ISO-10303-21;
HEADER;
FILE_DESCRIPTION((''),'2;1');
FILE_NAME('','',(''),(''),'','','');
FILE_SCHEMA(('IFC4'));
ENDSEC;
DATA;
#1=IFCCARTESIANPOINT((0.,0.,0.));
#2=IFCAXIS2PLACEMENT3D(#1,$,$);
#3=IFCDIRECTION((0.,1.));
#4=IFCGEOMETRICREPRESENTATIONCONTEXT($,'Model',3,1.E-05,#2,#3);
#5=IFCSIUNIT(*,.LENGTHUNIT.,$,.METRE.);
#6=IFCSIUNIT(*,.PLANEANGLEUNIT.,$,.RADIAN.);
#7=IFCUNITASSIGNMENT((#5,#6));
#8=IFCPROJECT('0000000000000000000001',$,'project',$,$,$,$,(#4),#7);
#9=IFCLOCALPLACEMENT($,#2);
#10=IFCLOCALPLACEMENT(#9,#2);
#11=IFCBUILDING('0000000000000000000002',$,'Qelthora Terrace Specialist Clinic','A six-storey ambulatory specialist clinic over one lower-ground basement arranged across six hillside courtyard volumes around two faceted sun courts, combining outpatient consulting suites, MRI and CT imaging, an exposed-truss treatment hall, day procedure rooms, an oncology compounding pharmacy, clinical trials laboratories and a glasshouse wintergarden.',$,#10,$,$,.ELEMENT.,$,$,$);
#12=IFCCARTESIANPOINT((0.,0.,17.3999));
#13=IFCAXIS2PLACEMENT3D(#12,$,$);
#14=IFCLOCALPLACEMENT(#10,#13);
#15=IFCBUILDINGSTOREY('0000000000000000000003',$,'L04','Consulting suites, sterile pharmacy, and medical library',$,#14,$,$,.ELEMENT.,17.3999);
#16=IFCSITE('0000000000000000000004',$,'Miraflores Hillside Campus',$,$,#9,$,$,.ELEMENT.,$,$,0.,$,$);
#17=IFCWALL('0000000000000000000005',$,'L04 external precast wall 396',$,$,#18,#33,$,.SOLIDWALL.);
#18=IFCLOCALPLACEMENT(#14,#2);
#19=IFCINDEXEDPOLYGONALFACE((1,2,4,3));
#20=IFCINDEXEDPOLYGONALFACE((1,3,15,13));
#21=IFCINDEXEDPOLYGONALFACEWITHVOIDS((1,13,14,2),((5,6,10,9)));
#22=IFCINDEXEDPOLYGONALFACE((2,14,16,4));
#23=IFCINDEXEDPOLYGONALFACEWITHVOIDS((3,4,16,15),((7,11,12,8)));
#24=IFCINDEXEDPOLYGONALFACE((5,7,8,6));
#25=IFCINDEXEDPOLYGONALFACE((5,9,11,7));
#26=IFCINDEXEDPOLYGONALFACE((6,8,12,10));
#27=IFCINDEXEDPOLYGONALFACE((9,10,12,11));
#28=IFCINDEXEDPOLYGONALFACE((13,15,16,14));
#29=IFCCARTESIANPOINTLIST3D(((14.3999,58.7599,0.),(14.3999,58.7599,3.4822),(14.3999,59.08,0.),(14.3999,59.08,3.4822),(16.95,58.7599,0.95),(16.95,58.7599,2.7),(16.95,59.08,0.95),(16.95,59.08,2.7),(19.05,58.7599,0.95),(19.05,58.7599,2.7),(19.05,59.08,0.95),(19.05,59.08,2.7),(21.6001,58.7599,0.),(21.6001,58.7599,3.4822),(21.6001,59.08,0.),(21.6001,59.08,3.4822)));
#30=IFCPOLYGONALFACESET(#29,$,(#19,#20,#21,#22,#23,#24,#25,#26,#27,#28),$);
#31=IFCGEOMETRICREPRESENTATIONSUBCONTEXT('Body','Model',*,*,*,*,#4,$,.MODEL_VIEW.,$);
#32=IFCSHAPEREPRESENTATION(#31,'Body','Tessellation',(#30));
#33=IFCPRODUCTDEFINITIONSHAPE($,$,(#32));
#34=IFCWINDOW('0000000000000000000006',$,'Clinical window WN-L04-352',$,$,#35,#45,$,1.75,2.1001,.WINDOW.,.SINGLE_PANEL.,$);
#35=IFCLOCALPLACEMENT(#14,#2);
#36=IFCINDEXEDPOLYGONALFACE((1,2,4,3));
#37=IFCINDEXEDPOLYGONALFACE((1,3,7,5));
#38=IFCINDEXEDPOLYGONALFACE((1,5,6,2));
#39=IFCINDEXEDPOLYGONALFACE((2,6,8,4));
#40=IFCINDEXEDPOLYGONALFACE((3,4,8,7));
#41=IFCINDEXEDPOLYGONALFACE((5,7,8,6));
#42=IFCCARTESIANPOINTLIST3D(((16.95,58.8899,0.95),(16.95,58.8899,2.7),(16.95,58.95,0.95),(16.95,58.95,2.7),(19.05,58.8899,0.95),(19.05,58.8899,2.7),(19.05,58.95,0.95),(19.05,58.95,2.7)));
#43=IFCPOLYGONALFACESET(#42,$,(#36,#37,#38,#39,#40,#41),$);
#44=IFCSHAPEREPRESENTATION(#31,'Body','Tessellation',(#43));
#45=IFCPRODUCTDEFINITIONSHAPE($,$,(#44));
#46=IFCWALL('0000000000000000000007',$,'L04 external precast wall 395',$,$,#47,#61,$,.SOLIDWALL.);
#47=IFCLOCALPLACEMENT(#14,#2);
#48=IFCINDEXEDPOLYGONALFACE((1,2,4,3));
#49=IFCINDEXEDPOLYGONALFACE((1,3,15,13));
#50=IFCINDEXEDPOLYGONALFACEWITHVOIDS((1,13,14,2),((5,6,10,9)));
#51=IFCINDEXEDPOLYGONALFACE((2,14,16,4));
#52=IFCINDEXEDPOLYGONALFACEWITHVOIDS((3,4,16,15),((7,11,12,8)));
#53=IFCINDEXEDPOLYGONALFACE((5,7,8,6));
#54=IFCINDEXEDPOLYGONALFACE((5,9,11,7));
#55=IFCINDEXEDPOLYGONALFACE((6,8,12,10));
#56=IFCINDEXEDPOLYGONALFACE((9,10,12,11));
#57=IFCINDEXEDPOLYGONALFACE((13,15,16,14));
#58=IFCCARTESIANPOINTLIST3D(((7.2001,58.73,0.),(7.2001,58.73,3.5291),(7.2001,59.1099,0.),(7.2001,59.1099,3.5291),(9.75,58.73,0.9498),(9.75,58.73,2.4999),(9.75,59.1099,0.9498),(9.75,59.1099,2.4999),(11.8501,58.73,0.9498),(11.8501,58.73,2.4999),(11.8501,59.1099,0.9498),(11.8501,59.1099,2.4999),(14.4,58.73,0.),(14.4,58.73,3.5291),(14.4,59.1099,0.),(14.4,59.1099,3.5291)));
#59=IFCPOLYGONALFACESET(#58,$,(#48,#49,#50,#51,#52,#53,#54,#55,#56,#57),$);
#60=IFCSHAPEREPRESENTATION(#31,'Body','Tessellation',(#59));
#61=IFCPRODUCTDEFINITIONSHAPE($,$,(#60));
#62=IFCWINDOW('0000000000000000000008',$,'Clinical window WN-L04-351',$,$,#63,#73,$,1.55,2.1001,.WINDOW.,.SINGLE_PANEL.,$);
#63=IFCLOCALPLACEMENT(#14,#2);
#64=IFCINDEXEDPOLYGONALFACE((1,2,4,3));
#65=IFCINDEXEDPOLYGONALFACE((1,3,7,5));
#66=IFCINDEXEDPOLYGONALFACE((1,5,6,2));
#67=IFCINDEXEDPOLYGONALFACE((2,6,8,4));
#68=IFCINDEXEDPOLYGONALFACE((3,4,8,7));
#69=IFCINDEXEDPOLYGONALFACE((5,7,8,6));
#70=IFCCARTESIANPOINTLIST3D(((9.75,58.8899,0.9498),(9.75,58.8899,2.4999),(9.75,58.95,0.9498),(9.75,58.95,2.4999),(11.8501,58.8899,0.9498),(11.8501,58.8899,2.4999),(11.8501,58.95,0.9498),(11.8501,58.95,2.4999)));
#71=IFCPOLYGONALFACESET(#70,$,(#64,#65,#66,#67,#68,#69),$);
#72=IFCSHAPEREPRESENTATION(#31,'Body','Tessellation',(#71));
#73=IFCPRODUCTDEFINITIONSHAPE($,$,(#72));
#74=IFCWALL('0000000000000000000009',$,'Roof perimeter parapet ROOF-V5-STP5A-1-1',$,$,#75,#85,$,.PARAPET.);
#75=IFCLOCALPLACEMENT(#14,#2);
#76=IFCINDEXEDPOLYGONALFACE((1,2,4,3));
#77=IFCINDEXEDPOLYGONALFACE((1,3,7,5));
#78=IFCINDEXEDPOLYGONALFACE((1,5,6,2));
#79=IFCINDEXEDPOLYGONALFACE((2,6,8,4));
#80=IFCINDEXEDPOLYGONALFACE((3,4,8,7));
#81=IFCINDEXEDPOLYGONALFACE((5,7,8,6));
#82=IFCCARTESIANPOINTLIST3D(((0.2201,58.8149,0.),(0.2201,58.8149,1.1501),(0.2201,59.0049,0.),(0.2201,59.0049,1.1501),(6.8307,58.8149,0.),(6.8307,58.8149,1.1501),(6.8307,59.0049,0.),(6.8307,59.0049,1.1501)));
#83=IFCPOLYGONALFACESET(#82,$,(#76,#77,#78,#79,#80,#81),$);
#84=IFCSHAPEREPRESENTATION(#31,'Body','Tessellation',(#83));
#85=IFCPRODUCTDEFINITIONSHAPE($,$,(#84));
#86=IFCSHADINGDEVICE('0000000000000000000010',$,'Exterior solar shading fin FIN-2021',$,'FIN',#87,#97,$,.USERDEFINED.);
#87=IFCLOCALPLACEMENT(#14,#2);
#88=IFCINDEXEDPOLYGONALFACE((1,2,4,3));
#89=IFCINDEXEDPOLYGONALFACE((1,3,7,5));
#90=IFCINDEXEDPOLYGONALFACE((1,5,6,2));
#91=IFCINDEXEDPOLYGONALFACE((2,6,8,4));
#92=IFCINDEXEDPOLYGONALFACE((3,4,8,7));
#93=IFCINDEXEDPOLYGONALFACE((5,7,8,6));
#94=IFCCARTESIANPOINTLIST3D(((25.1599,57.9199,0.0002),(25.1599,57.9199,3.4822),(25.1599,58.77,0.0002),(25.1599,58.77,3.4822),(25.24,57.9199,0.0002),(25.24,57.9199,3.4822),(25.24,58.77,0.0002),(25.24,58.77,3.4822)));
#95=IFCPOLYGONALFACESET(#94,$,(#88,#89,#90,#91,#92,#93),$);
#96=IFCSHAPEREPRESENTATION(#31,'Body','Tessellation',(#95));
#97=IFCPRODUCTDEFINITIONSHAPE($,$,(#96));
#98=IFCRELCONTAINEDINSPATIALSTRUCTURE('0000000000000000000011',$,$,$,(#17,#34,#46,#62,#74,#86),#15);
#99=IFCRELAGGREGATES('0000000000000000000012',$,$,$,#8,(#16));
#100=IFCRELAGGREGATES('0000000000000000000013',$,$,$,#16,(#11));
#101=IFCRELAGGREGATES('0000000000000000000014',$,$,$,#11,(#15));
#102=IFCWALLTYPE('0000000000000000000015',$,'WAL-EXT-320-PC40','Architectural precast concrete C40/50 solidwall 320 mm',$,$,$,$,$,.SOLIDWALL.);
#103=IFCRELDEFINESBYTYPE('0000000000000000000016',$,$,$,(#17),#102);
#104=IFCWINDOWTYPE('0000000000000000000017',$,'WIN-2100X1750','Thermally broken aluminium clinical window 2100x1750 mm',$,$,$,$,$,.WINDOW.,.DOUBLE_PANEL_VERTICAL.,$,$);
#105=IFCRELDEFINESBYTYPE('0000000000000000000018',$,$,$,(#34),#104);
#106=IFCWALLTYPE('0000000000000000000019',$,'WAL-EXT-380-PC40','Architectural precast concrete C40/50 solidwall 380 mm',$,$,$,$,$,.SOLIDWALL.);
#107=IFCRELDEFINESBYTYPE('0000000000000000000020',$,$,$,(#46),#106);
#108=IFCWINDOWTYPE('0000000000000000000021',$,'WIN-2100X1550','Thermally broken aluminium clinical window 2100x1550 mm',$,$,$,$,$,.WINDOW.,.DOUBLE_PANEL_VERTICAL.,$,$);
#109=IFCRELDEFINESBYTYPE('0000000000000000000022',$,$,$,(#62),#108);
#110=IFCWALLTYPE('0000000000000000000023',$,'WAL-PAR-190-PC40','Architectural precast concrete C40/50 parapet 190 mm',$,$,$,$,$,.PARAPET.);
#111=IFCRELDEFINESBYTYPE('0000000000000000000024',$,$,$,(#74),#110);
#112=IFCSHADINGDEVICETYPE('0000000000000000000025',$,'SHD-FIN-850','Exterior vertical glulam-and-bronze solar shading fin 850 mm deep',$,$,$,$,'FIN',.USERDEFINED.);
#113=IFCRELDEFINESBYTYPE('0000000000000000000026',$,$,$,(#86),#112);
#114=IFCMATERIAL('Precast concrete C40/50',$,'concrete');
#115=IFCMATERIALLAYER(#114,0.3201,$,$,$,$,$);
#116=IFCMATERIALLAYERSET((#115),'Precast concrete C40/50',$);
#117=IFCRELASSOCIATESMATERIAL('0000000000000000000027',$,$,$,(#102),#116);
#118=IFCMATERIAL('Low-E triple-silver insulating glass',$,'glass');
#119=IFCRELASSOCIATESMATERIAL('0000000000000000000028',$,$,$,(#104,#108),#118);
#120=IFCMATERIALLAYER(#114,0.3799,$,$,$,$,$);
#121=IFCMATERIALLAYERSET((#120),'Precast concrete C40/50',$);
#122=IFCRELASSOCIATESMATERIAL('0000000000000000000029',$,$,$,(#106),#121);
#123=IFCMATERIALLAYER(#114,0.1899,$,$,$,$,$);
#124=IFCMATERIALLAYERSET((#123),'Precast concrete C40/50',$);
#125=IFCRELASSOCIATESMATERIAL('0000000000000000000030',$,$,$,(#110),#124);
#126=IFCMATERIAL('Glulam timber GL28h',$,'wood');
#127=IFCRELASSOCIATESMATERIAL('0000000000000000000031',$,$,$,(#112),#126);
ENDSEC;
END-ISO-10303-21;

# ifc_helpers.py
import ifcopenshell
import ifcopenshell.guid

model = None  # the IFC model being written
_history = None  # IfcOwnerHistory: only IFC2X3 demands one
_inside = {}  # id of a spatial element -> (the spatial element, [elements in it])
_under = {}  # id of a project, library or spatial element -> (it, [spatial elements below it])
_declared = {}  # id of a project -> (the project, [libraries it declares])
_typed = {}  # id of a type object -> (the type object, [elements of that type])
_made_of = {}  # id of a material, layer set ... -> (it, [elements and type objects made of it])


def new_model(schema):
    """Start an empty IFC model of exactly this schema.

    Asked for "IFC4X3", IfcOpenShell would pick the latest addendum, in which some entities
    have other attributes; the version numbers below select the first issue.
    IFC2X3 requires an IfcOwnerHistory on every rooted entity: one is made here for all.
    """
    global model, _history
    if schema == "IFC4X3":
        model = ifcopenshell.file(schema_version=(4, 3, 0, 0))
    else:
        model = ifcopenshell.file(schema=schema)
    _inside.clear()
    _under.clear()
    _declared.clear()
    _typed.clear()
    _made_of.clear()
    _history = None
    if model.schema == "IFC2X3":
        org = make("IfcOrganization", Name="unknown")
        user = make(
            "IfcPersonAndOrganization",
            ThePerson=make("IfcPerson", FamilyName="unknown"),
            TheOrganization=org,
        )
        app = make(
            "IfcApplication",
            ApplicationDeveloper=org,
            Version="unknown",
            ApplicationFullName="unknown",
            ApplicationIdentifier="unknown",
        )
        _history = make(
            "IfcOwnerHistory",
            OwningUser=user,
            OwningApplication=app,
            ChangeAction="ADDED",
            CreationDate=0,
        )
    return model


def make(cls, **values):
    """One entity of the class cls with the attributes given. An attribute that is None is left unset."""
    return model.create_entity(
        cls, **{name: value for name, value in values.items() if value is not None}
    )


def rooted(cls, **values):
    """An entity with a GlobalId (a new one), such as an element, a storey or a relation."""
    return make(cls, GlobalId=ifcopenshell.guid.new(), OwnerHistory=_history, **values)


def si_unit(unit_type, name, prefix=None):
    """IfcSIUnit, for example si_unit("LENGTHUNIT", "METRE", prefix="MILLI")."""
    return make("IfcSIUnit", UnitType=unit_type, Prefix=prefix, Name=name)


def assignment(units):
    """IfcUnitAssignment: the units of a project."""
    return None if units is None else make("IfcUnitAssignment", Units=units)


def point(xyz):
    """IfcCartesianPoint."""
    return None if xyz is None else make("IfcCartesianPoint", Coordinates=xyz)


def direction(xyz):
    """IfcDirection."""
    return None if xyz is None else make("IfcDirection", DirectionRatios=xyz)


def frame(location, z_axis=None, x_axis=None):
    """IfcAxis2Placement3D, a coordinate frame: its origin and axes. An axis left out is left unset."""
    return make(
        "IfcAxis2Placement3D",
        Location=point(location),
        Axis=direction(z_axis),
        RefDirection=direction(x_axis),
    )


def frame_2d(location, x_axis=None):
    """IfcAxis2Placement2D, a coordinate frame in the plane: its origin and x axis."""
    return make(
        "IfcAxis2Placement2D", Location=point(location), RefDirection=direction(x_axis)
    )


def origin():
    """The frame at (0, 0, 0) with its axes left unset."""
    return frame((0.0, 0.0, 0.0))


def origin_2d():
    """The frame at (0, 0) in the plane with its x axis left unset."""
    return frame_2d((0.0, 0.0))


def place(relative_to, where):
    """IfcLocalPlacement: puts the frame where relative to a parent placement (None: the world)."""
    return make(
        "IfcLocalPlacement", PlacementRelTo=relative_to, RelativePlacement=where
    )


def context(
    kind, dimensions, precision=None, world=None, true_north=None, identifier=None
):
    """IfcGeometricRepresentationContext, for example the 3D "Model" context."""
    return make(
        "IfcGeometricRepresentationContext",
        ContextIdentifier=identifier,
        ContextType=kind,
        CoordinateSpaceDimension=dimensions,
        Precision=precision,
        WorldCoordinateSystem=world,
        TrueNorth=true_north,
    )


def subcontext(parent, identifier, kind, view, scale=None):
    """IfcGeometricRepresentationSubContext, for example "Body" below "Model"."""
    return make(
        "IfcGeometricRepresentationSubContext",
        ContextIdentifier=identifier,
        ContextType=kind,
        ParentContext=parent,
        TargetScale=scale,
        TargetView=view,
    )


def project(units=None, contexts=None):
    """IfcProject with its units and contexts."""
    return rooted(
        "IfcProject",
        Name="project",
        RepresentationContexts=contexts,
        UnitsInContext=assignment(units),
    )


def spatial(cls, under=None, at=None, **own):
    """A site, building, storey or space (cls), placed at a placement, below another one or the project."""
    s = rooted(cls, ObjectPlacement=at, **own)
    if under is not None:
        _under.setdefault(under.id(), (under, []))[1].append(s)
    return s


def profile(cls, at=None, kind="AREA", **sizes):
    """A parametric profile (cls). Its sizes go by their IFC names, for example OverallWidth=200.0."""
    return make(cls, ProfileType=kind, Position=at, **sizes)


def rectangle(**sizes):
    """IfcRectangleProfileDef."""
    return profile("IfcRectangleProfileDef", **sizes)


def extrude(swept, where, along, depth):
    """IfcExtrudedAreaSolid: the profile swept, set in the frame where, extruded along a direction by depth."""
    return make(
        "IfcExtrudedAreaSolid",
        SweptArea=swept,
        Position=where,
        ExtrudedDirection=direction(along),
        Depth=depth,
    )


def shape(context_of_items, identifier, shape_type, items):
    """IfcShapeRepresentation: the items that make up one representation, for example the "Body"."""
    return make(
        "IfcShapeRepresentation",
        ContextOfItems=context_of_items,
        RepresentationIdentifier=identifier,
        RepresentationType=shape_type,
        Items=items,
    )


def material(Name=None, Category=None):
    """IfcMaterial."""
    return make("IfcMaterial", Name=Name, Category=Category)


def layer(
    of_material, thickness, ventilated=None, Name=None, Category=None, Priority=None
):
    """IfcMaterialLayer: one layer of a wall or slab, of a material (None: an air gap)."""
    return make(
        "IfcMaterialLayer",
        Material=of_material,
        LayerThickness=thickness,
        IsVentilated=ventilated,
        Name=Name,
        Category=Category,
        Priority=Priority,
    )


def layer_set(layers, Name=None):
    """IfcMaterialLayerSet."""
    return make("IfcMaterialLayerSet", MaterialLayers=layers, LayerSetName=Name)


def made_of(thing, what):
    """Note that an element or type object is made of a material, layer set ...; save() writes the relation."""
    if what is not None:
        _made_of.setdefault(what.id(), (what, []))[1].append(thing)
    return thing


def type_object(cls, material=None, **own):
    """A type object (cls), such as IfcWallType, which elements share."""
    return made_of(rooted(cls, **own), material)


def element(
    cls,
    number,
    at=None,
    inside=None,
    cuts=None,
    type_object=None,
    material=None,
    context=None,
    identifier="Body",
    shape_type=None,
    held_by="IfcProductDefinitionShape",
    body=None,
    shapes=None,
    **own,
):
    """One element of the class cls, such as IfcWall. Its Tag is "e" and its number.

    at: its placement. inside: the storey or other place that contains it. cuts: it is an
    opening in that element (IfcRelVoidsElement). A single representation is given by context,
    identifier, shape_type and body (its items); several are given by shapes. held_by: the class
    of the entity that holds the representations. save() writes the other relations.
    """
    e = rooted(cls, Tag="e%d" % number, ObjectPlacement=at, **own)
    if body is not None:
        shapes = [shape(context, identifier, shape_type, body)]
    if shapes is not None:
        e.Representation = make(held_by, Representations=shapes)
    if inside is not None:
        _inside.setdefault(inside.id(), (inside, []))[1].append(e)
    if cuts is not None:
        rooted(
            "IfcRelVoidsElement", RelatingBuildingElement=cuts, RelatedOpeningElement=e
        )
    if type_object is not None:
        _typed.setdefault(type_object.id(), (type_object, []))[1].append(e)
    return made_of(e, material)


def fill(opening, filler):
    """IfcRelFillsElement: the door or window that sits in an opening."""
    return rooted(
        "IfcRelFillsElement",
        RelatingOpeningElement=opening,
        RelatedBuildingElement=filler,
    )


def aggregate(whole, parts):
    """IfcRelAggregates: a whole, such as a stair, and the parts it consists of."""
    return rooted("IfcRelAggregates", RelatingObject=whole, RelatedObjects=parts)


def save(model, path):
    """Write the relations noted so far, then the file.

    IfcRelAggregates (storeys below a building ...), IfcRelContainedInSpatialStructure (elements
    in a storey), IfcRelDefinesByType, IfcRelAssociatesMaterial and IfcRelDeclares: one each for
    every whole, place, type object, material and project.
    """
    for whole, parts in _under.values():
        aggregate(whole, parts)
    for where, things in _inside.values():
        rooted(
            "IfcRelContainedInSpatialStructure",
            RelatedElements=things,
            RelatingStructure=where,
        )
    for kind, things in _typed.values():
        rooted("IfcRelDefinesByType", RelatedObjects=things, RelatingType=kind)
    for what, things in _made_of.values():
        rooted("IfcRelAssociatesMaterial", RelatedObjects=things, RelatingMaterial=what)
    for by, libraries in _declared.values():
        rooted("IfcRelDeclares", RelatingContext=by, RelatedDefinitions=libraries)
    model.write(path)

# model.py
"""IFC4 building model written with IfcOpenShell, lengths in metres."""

from ifc_helpers import new_model, si_unit, direction, frame, frame_2d, origin, origin_2d, place, context, subcontext, project, spatial, rectangle, extrude, material, layer, layer_set, type_object, element, fill, save


model = new_model("IFC4")

# Units and contexts
model_context = context("Model", 3, precision=1e-05, world=origin(), true_north=direction((0.0, 1.0)))
body_context = subcontext(model_context, "Body", "Model", "MODEL_VIEW")
ifc_project = project(units=[si_unit("LENGTHUNIT", "METRE"), si_unit("PLANEANGLEUNIT", "RADIAN")], contexts=[model_context])

# Site, building, storey
site_placement = place(None, origin())
site = spatial("IfcSite", under=ifc_project, at=site_placement, Name="Miraflores Hillside Campus", CompositionType="ELEMENT", RefElevation=0.0)
building_placement = place(site_placement, origin())
building = spatial("IfcBuilding", under=site, at=building_placement, Name="Qelthora Terrace Specialist Clinic", Description="A six-storey ambulatory specialist clinic over one lower-ground basement arranged across six hillside courtyard volumes around two faceted sun courts, combining outpatient consulting suites, MRI and CT imaging, an exposed-truss treatment hall, day procedure rooms, an oncology compounding pharmacy, clinical trials laboratories and a glasshouse wintergarden.", CompositionType="ELEMENT")
storey_placement = place(building_placement, frame((0.0, 0.0, 17.3999)))
storey = spatial("IfcBuildingStorey", under=building, at=storey_placement, Name="L04", Description="Consulting suites, sterile pharmacy, and medical library", CompositionType="ELEMENT", Elevation=17.3999)

# Walls, openings, windows
ifc_material_1 = material(Name="Precast concrete C40/50", Category="concrete")
ifc_material_2 = material(Name="Low-E triple-silver insulating glass", Category="glass")
ifc_layer_1 = layer(ifc_material_1, 0.3201)
ifc_layer_set_1 = layer_set([ifc_layer_1], Name="Precast concrete C40/50")
wall_type_1 = type_object("IfcWallType", Name="WAL-EXT-320-PC40", Description="Architectural precast concrete C40/50 solidwall 320 mm", PredefinedType="SOLIDWALL", material=ifc_layer_set_1)
wall_1_placement = place(storey_placement, frame((14.3999, 58.9199, 0.0), z_axis=(0.0, 0.0, 1.0), x_axis=(1.0, 0.0, 0.0)))
wall_1 = element("IfcWall", 1, at=wall_1_placement, inside=storey, type_object=wall_type_1, Name="L04 external precast wall 396", PredefinedType="SOLIDWALL", context=body_context, shape_type="SweptSolid", body=[
    extrude(rectangle(XDim=7.2002, YDim=0.3201, at=frame_2d((3.6001, 0.0))), origin(), (0.0, 0.0, 1.0), 3.4822),
])
opening_1_placement = place(wall_1_placement, frame((2.55, 0.0, 0.95)))
opening_1 = element("IfcOpeningElement", 2, at=opening_1_placement, cuts=wall_1, PredefinedType="OPENING", context=body_context, shape_type="SweptSolid", body=[
    extrude(rectangle(XDim=2.1001, YDim=1.75, at=frame_2d((1.05, 0.875))), frame((0.0, 0.1699, 0.0), z_axis=(0.0, -1.0, 0.0), x_axis=(1.0, 0.0, 0.0)), (0.0, 0.0, 1.0), 0.3401),
])
window_type_1 = type_object("IfcWindowType", Name="WIN-2100X1750", Description="Thermally broken aluminium clinical window 2100x1750 mm", PartitioningType="DOUBLE_PANEL_VERTICAL", PredefinedType="WINDOW", material=ifc_material_2)
window_1_placement = place(opening_1_placement, origin())
window_1 = element("IfcWindow", 3, at=window_1_placement, inside=storey, type_object=window_type_1, Name="Clinical window WN-L04-352", OverallHeight=1.75, OverallWidth=2.1001, PartitioningType="SINGLE_PANEL", PredefinedType="WINDOW", context=body_context, shape_type="SweptSolid", body=[
    extrude(rectangle(XDim=2.1001, YDim=1.75, at=frame_2d((1.05, 0.875))), frame((0.0, 0.03, 0.0), z_axis=(0.0, -1.0, 0.0), x_axis=(1.0, 0.0, 0.0)), (0.0, 0.0, 1.0), 0.0601),
])
fill(opening_1, window_1)
ifc_layer_2 = layer(ifc_material_1, 0.3799)
ifc_layer_set_2 = layer_set([ifc_layer_2], Name="Precast concrete C40/50")
wall_type_2 = type_object("IfcWallType", Name="WAL-EXT-380-PC40", Description="Architectural precast concrete C40/50 solidwall 380 mm", PredefinedType="SOLIDWALL", material=ifc_layer_set_2)
wall_2_placement = place(storey_placement, frame((7.2, 58.9199, 0.0), z_axis=(0.0, 0.0, 1.0), x_axis=(1.0, 0.0, 0.0)))
wall_2 = element("IfcWall", 4, at=wall_2_placement, inside=storey, type_object=wall_type_2, Name="L04 external precast wall 395", PredefinedType="SOLIDWALL", context=body_context, shape_type="SweptSolid", body=[
    extrude(rectangle(XDim=7.2, YDim=0.3799, at=frame_2d((3.6001, 0.0))), origin(), (0.0, 0.0, 1.0), 3.5291),
])
opening_2_placement = place(wall_2_placement, frame((2.55, 0.0, 0.95)))
opening_2 = element("IfcOpeningElement", 5, at=opening_2_placement, cuts=wall_2, PredefinedType="OPENING", context=body_context, shape_type="SweptSolid", body=[
    extrude(rectangle(XDim=2.1001, YDim=1.55, at=frame_2d((1.05, 0.7749))), frame((0.0, 0.2, 0.0), z_axis=(0.0, -1.0, 0.0), x_axis=(1.0, 0.0, 0.0)), (0.0, 0.0, 1.0), 0.3999),
])
window_type_2 = type_object("IfcWindowType", Name="WIN-2100X1550", Description="Thermally broken aluminium clinical window 2100x1550 mm", PartitioningType="DOUBLE_PANEL_VERTICAL", PredefinedType="WINDOW", material=ifc_material_2)
window_2_placement = place(opening_2_placement, origin())
window_2 = element("IfcWindow", 6, at=window_2_placement, inside=storey, type_object=window_type_2, Name="Clinical window WN-L04-351", OverallHeight=1.55, OverallWidth=2.1001, PartitioningType="SINGLE_PANEL", PredefinedType="WINDOW", context=body_context, shape_type="SweptSolid", body=[
    extrude(rectangle(XDim=2.1001, YDim=1.55, at=frame_2d((1.05, 0.7749))), frame((0.0, 0.03, 0.0), z_axis=(0.0, -1.0, 0.0), x_axis=(1.0, 0.0, 0.0)), (0.0, 0.0, 1.0), 0.0601),
])
fill(opening_2, window_2)

# Wall
ifc_layer_3 = layer(ifc_material_1, 0.1899)
ifc_layer_set_3 = layer_set([ifc_layer_3], Name="Precast concrete C40/50")
wall_type_3 = type_object("IfcWallType", Name="WAL-PAR-190-PC40", Description="Architectural precast concrete C40/50 parapet 190 mm", PredefinedType="PARAPET", material=ifc_layer_set_3)
wall_3_placement = place(storey_placement, frame((6.8306, 58.9099, 0.0), z_axis=(0.0, 0.0, 1.0), x_axis=(-1.0, 0.0, 0.0)))
element("IfcWall", 7, at=wall_3_placement, inside=storey, type_object=wall_type_3, Name="Roof perimeter parapet ROOF-V5-STP5A-1-1", PredefinedType="PARAPET", context=body_context, shape_type="SweptSolid", body=[
    extrude(rectangle(XDim=6.6106, YDim=0.1899, at=frame_2d((3.3052, 0.0))), origin(), (0.0, 0.0, 1.0), 1.1501),
])

# Shading device
ifc_material_3 = material(Name="Glulam timber GL28h", Category="wood")
shading_device_type = type_object("IfcShadingDeviceType", Name="SHD-FIN-850", Description="Exterior vertical glulam-and-bronze solar shading fin 850 mm deep", ElementType="FIN", PredefinedType="USERDEFINED", material=ifc_material_3)
shading_device_placement = place(storey_placement, frame((25.2, 58.345, 0.0002), z_axis=(0.0, 0.0, 1.0), x_axis=(0.0, -1.0, 0.0)))
element("IfcShadingDevice", 8, at=shading_device_placement, inside=storey, type_object=shading_device_type, Name="Exterior solar shading fin FIN-2021", ObjectType="FIN", PredefinedType="USERDEFINED", context=body_context, shape_type="SweptSolid", body=[
    extrude(rectangle(XDim=0.8501, YDim=0.0801, at=origin_2d()), origin(), (0.0, 0.0, 1.0), 3.4819),
])

save(model, "model.ifc")
